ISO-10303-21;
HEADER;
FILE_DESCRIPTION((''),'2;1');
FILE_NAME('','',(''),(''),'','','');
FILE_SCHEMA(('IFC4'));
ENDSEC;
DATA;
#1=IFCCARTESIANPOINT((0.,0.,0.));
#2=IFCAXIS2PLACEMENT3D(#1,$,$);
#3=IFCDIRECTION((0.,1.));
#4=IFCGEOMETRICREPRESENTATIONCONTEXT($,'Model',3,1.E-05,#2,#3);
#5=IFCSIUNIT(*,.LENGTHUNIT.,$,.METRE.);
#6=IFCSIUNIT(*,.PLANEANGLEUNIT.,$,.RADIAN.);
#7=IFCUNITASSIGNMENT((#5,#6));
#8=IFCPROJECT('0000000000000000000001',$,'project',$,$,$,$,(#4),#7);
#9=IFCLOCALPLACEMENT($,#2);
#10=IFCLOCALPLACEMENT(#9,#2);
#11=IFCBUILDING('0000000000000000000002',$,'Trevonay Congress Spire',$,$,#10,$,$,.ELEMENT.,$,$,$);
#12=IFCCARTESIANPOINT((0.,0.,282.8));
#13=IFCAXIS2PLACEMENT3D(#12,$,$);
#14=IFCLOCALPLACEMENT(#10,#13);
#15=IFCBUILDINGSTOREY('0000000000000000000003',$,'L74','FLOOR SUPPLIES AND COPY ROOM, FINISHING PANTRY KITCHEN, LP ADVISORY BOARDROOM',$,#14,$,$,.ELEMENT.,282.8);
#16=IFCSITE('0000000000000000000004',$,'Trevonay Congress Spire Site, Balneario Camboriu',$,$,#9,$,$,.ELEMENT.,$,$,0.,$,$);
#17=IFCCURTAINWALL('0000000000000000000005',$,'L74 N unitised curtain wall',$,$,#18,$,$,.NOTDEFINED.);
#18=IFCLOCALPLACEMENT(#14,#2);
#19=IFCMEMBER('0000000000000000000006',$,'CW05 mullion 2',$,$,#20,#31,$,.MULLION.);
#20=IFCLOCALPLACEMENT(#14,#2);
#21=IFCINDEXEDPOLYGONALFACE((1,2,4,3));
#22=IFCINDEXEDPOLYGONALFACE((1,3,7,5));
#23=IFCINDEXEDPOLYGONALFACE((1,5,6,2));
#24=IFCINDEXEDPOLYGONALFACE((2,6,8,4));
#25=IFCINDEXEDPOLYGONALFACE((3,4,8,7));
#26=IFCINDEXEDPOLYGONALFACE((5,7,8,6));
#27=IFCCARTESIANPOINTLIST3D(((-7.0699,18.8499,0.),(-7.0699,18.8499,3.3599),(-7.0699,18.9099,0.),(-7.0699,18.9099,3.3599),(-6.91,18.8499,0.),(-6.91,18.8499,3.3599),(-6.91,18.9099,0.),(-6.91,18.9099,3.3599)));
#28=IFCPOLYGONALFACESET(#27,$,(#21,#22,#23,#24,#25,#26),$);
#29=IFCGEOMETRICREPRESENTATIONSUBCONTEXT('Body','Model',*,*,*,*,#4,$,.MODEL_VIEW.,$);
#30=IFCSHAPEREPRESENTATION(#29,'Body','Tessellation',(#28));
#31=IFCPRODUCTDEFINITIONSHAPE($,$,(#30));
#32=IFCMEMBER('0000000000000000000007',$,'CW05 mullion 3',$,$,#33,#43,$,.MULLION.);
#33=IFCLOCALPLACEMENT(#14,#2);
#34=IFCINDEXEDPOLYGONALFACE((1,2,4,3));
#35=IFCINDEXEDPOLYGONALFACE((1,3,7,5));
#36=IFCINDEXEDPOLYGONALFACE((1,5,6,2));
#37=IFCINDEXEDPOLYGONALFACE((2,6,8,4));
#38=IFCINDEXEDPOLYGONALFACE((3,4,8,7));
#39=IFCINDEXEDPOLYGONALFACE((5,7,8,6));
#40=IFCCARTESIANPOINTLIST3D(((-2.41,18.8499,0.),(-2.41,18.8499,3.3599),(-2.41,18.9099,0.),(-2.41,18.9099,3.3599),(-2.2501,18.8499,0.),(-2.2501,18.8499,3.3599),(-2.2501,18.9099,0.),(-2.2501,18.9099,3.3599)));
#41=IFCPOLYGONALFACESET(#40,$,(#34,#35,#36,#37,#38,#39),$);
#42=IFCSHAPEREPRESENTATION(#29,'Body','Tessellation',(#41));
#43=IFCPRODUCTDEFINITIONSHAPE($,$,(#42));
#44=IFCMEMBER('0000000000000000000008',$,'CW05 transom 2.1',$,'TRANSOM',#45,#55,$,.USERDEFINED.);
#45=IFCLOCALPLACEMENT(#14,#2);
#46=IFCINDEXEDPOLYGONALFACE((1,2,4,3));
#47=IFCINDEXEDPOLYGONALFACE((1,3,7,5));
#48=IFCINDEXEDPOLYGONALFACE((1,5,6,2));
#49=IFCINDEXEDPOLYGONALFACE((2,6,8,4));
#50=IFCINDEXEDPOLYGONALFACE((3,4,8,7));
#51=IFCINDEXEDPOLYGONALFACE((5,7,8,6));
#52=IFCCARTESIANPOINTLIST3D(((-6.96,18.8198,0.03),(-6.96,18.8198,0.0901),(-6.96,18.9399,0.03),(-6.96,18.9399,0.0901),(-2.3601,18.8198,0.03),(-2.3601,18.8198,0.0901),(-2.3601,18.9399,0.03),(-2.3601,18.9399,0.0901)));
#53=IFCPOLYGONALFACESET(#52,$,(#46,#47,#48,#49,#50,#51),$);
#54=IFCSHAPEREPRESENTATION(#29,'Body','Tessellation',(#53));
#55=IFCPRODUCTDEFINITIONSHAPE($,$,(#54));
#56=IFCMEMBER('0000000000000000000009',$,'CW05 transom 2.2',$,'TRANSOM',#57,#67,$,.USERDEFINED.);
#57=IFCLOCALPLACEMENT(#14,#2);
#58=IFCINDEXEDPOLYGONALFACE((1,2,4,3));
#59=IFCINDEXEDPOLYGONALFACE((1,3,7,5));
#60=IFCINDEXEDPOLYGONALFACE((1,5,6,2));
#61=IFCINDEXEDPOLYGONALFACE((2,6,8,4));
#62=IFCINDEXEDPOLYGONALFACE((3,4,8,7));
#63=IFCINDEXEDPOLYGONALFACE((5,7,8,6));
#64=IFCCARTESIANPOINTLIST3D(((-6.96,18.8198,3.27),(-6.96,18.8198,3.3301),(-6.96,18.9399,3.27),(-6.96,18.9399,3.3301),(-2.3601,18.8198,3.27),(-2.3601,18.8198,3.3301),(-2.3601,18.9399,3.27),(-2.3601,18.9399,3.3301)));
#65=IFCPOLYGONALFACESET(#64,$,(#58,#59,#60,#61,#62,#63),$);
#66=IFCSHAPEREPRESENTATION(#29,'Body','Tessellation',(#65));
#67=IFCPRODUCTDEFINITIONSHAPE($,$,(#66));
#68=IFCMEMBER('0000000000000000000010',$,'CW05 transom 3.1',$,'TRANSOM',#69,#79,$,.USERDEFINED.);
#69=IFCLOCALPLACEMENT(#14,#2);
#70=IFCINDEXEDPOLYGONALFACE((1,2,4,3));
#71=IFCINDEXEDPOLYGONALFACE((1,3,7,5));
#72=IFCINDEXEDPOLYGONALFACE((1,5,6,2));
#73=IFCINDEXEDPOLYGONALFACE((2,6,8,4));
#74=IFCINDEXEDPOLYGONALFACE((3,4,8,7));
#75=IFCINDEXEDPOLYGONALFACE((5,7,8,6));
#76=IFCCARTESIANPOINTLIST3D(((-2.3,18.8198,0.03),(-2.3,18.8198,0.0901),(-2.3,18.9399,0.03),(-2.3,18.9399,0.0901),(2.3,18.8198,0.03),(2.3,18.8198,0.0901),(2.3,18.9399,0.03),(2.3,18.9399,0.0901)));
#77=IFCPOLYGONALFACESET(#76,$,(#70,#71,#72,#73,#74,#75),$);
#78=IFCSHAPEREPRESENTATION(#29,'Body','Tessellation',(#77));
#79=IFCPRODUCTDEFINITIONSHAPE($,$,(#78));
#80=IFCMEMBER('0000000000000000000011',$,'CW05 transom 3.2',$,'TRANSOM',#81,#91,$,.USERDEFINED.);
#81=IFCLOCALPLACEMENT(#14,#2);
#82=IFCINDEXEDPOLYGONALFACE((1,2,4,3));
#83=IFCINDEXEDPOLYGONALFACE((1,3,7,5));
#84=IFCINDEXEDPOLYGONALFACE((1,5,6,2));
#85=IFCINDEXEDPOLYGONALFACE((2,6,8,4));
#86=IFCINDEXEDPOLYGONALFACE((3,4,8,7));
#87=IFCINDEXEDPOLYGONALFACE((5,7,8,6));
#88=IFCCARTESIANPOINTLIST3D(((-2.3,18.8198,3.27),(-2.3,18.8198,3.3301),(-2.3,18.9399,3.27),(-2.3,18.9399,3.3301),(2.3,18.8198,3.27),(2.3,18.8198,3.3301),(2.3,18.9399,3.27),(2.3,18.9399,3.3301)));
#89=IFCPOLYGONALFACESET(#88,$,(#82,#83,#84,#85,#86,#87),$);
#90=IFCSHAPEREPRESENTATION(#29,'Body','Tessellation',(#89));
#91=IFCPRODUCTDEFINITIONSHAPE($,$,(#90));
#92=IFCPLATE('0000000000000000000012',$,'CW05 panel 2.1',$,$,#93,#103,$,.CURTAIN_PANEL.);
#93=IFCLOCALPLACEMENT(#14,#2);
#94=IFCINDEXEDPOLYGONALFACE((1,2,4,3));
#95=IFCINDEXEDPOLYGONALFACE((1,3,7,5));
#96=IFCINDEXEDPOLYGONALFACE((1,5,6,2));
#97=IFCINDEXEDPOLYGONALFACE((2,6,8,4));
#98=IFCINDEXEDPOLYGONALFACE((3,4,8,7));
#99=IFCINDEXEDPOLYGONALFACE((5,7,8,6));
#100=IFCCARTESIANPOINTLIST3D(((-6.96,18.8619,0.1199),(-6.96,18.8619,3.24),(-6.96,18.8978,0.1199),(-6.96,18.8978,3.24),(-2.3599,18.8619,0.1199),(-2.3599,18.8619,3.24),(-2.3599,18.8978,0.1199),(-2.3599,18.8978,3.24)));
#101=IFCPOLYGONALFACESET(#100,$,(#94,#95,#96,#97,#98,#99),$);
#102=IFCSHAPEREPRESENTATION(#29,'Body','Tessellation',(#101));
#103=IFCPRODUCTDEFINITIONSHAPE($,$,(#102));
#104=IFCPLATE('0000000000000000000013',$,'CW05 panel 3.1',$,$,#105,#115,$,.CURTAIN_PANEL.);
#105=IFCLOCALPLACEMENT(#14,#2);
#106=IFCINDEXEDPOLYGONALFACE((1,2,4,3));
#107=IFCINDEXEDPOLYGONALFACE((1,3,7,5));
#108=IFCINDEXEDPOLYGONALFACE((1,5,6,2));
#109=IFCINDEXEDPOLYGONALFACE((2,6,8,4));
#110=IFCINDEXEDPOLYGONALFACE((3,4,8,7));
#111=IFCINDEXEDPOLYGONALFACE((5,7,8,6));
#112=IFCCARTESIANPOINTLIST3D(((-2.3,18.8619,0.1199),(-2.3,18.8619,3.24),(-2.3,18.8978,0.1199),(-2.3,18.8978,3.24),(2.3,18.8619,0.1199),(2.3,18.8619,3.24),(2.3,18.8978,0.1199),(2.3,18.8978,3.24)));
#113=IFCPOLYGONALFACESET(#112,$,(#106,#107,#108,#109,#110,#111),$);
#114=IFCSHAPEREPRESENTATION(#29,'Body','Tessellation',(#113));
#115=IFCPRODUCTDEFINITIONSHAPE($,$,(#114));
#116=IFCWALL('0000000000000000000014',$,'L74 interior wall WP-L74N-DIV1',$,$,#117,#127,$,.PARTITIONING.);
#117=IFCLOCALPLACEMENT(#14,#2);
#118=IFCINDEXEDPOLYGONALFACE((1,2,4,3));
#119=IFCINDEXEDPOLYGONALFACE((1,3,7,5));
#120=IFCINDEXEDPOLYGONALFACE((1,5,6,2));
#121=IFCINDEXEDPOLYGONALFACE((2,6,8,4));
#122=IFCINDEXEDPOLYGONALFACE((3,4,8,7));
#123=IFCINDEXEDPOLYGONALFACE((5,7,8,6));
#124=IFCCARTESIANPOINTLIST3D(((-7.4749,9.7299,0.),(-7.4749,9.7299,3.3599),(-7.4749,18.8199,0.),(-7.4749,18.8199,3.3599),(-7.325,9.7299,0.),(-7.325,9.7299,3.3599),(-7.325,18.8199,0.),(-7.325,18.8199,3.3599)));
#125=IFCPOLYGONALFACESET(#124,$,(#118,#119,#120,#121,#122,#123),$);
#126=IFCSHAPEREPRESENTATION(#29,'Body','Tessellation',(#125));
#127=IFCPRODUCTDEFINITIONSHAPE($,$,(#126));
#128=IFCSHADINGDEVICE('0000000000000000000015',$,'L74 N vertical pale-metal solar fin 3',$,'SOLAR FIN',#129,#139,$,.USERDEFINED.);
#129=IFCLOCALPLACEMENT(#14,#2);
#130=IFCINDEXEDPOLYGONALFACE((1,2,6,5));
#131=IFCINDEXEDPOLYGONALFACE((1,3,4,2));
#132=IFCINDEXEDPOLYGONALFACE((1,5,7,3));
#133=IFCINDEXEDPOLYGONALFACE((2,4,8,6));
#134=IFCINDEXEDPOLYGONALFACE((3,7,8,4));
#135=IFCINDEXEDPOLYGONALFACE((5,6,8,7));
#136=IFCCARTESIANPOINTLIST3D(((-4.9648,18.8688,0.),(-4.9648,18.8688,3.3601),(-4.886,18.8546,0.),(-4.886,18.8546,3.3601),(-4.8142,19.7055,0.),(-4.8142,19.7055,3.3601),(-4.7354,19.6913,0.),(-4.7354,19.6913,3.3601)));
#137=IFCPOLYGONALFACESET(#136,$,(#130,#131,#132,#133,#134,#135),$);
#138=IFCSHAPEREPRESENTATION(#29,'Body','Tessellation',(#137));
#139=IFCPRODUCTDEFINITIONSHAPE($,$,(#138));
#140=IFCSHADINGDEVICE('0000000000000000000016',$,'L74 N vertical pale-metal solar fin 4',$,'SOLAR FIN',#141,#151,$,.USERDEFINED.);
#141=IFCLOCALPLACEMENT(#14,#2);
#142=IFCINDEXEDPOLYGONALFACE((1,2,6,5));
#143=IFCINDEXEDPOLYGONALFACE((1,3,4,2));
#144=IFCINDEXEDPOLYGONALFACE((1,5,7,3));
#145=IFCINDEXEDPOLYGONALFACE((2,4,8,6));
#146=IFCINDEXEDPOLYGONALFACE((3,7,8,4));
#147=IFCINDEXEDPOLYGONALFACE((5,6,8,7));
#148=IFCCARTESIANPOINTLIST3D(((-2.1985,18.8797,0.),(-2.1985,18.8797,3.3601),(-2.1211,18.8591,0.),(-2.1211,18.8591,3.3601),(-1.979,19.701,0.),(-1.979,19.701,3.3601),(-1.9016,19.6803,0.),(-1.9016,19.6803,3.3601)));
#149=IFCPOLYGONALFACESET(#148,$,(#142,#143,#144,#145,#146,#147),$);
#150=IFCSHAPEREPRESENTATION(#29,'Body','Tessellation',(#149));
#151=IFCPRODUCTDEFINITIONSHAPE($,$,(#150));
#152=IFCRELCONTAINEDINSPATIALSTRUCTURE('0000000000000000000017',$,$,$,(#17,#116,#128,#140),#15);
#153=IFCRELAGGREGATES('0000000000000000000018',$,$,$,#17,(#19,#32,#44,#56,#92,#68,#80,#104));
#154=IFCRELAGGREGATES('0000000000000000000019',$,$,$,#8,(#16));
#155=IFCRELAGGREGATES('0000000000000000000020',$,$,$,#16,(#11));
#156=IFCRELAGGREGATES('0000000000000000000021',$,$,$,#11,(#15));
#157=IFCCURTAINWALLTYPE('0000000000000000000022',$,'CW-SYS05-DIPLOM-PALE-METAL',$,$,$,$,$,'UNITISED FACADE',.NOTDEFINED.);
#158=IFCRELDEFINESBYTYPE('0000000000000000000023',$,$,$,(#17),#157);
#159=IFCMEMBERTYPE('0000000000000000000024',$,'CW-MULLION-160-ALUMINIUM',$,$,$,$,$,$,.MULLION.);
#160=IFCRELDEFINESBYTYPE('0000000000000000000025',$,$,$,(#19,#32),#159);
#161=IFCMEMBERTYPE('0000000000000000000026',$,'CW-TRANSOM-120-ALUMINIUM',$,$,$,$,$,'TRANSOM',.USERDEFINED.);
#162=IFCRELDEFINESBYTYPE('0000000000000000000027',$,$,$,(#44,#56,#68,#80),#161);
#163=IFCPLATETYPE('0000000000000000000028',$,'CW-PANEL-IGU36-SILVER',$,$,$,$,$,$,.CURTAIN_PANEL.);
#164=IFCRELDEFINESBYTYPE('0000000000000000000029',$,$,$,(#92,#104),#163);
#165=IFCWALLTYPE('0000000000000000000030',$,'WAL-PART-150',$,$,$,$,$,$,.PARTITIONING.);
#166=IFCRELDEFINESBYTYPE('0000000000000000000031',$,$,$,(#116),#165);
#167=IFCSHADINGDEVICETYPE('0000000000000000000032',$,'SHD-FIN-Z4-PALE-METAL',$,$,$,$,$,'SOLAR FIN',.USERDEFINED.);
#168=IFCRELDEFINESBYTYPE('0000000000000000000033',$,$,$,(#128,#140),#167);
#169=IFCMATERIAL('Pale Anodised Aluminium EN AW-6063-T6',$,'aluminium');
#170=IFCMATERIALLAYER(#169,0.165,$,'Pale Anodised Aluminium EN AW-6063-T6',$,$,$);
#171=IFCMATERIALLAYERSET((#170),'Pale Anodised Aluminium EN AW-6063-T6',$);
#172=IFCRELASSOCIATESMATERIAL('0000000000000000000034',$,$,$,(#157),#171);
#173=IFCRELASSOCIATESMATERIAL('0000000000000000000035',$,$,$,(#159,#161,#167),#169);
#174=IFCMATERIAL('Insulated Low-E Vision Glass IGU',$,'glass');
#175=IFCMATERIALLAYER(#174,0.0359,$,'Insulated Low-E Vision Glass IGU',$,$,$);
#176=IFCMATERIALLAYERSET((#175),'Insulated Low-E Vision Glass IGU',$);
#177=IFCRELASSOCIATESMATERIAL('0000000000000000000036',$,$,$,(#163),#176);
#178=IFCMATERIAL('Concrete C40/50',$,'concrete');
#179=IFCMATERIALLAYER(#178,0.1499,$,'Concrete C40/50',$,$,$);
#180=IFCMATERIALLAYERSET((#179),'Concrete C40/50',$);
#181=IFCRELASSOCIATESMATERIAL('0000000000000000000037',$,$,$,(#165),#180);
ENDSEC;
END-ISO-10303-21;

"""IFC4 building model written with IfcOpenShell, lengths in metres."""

from ifc_helpers import new_model, si_unit, direction, frame, frame_2d, origin, origin_2d, place, context, subcontext, project, spatial, rectangle, extrude, material, layer, layer_set, material_profile, profile_set, type_object, element, aggregate, save


model = new_model("IFC4")

# Units and contexts
model_context = context("Model", 3, precision=1e-05, world=origin(), true_north=direction((0.0, 1.0)))
body_context = subcontext(model_context, "Body", "Model", "MODEL_VIEW")
ifc_project = project(units=[si_unit("LENGTHUNIT", "METRE"), si_unit("PLANEANGLEUNIT", "RADIAN")], contexts=[model_context])

# Site, building, storey
site_placement = place(None, origin())
site = spatial("IfcSite", under=ifc_project, at=site_placement, Name="Trevonay Congress Spire Site, Balneario Camboriu", CompositionType="ELEMENT", RefElevation=0.0)
building_placement = place(site_placement, origin())
building = spatial("IfcBuilding", under=site, at=building_placement, Name="Trevonay Congress Spire", CompositionType="ELEMENT")
storey_placement = place(building_placement, frame((0.0, 0.0, 282.8)))
storey = spatial("IfcBuildingStorey", under=building, at=storey_placement, Name="L74", Description="FLOOR SUPPLIES AND COPY ROOM, FINISHING PANTRY KITCHEN, LP ADVISORY BOARDROOM", CompositionType="ELEMENT", Elevation=282.8)

# Curtain wall, members, plates
ifc_material_1 = material(Name="Pale Anodised Aluminium EN AW-6063-T6", Category="aluminium")
ifc_layer_1 = layer(ifc_material_1, 0.165, Name="Pale Anodised Aluminium EN AW-6063-T6")
ifc_layer_set_1 = layer_set([ifc_layer_1], Name="Pale Anodised Aluminium EN AW-6063-T6")
curtain_wall_type = type_object("IfcCurtainWallType", Name="CW-SYS05-DIPLOM-PALE-METAL", ElementType="UNITISED FACADE", PredefinedType="NOTDEFINED", material=ifc_layer_set_1)
curtain_wall_placement = place(storey_placement, origin())
curtain_wall = element("IfcCurtainWall", 1, at=curtain_wall_placement, inside=storey, type_object=curtain_wall_type, Name="L74 N unitised curtain wall", PredefinedType="NOTDEFINED")
ifc_material_profile_1 = material_profile(ifc_material_1, rectangle(XDim=0.0601, YDim=0.1599, at=origin_2d()), Name="CW-MULLION-160-ALUMINIUM")
ifc_profile_set_1 = profile_set([ifc_material_profile_1], Name="Pale Anodised Aluminium EN AW-6063-T6")
member_type_1 = type_object("IfcMemberType", Name="CW-MULLION-160-ALUMINIUM", PredefinedType="MULLION", material=ifc_profile_set_1)
member_1_placement = place(storey_placement, frame((-6.99, 18.8799, 0.0), z_axis=(0.0, 0.0, 1.0), x_axis=(0.0, 1.0, 0.0)))
member_1 = element("IfcMember", 2, at=member_1_placement, type_object=member_type_1, Name="CW05 mullion 2", PredefinedType="MULLION", context=body_context, shape_type="SweptSolid", body=[
    extrude(rectangle(XDim=0.0601, YDim=0.1599, at=origin_2d()), origin(), (0.0, 0.0, 1.0), 3.3599),
])
member_2_placement = place(storey_placement, frame((-2.3301, 18.8799, 0.0), z_axis=(0.0, 0.0, 1.0), x_axis=(0.0, 1.0, 0.0)))
member_2 = element("IfcMember", 3, at=member_2_placement, type_object=member_type_1, Name="CW05 mullion 3", PredefinedType="MULLION", context=body_context, shape_type="SweptSolid", body=[
    extrude(rectangle(XDim=0.0601, YDim=0.1599, at=origin_2d()), origin(), (0.0, 0.0, 1.0), 3.3599),
])
ifc_material_profile_2 = material_profile(ifc_material_1, rectangle(XDim=0.1201, YDim=0.0601, at=origin_2d()), Name="CW-TRANSOM-120-ALUMINIUM")
ifc_profile_set_2 = profile_set([ifc_material_profile_2], Name="Pale Anodised Aluminium EN AW-6063-T6")
member_type_2 = type_object("IfcMemberType", Name="CW-TRANSOM-120-ALUMINIUM", ElementType="TRANSOM", PredefinedType="USERDEFINED", material=ifc_profile_set_2)
member_3_placement = place(storey_placement, frame((-6.96, 18.8799, 0.0601), z_axis=(1.0, 0.0, 0.0), x_axis=(0.0, 1.0, 0.0)))
member_3 = element("IfcMember", 4, at=member_3_placement, type_object=member_type_2, Name="CW05 transom 2.1", ObjectType="TRANSOM", PredefinedType="USERDEFINED", context=body_context, shape_type="SweptSolid", body=[
    extrude(rectangle(XDim=0.1201, YDim=0.0601, at=origin_2d()), origin(), (0.0, 0.0, 1.0), 4.5999),
])
member_4_placement = place(storey_placement, frame((-6.96, 18.8799, 3.3), z_axis=(1.0, 0.0, 0.0), x_axis=(0.0, 1.0, 0.0)))
member_4 = element("IfcMember", 5, at=member_4_placement, type_object=member_type_2, Name="CW05 transom 2.2", ObjectType="TRANSOM", PredefinedType="USERDEFINED", context=body_context, shape_type="SweptSolid", body=[
    extrude(rectangle(XDim=0.1201, YDim=0.0601, at=origin_2d()), origin(), (0.0, 0.0, 1.0), 4.5999),
])
member_5_placement = place(storey_placement, frame((-2.3, 18.8799, 0.0601), z_axis=(1.0, 0.0, 0.0), x_axis=(0.0, 1.0, 0.0)))
member_5 = element("IfcMember", 6, at=member_5_placement, type_object=member_type_2, Name="CW05 transom 3.1", ObjectType="TRANSOM", PredefinedType="USERDEFINED", context=body_context, shape_type="SweptSolid", body=[
    extrude(rectangle(XDim=0.1201, YDim=0.0601, at=origin_2d()), origin(), (0.0, 0.0, 1.0), 4.6001),
])
member_6_placement = place(storey_placement, frame((-2.3, 18.8799, 3.3), z_axis=(1.0, 0.0, 0.0), x_axis=(0.0, 1.0, 0.0)))
member_6 = element("IfcMember", 7, at=member_6_placement, type_object=member_type_2, Name="CW05 transom 3.2", ObjectType="TRANSOM", PredefinedType="USERDEFINED", context=body_context, shape_type="SweptSolid", body=[
    extrude(rectangle(XDim=0.1201, YDim=0.0601, at=origin_2d()), origin(), (0.0, 0.0, 1.0), 4.6001),
])
ifc_material_2 = material(Name="Insulated Low-E Vision Glass IGU", Category="glass")
ifc_layer_2 = layer(ifc_material_2, 0.0359, Name="Insulated Low-E Vision Glass IGU")
ifc_layer_set_2 = layer_set([ifc_layer_2], Name="Insulated Low-E Vision Glass IGU")
plate_type = type_object("IfcPlateType", Name="CW-PANEL-IGU36-SILVER", PredefinedType="CURTAIN_PANEL", material=ifc_layer_set_2)
plate_1_placement = place(storey_placement, frame((-4.6599, 18.8799, 0.1199), z_axis=(0.0, 0.0, 1.0), x_axis=(1.0, 0.0, 0.0)))
plate_1 = element("IfcPlate", 8, at=plate_1_placement, type_object=plate_type, Name="CW05 panel 2.1", PredefinedType="CURTAIN_PANEL", context=body_context, shape_type="SweptSolid", body=[
    extrude(rectangle(XDim=4.6001, YDim=0.0359, at=origin_2d()), origin(), (0.0, 0.0, 1.0), 3.1201),
])
plate_2_placement = place(storey_placement, frame((0.0, 18.8799, 0.1199), z_axis=(0.0, 0.0, 1.0), x_axis=(1.0, 0.0, 0.0)))
plate_2 = element("IfcPlate", 9, at=plate_2_placement, type_object=plate_type, Name="CW05 panel 3.1", PredefinedType="CURTAIN_PANEL", context=body_context, shape_type="SweptSolid", body=[
    extrude(rectangle(XDim=4.6001, YDim=0.0359, at=origin_2d()), origin(), (0.0, 0.0, 1.0), 3.1201),
])
aggregate(curtain_wall, [member_1, member_2, member_3, member_4, plate_1, member_5, member_6, plate_2])

# Wall
ifc_material_3 = material(Name="Concrete C40/50", Category="concrete")
ifc_layer_3 = layer(ifc_material_3, 0.1499, Name="Concrete C40/50")
ifc_layer_set_3 = layer_set([ifc_layer_3], Name="Concrete C40/50")
wall_type = type_object("IfcWallType", Name="WAL-PART-150", PredefinedType="PARTITIONING", material=ifc_layer_set_3)
wall_placement = place(storey_placement, frame((-7.3999, 9.73, 0.0), z_axis=(0.0, 0.0, 1.0), x_axis=(0.0, 1.0, 0.0)))
element("IfcWall", 10, at=wall_placement, inside=storey, type_object=wall_type, Name="L74 interior wall WP-L74N-DIV1", PredefinedType="PARTITIONING", context=body_context, shape_type="SweptSolid", body=[
    extrude(rectangle(XDim=9.0901, YDim=0.1499, at=frame_2d((4.5449, 0.0))), origin(), (0.0, 0.0, 1.0), 3.3599),
])

# Shading devices
shading_device_type = type_object("IfcShadingDeviceType", Name="SHD-FIN-Z4-PALE-METAL", ElementType="SOLAR FIN", PredefinedType="USERDEFINED", material=ifc_material_1)
for number, where, z_axis, x_axis, name in (
    (11, (-4.8501, 19.28, 0.0), (0.0, 0.0, 1.0), (0.984196, -0.177085, 0.0), "L74 N vertical pale-metal solar fin 3"),
    (12, (-2.05, 19.28, 0.0), (0.0, 0.0, 1.0), (0.966106, -0.258145, 0.0), "L74 N vertical pale-metal solar fin 4"),
):
    element("IfcShadingDevice", number, at=place(storey_placement, frame(where, z_axis=z_axis, x_axis=x_axis)), inside=storey, type_object=shading_device_type, Name=name, ObjectType="SOLAR FIN", PredefinedType="USERDEFINED", context=body_context, shape_type="SweptSolid", body=[
        extrude(rectangle(XDim=0.0801, YDim=0.8501, at=origin_2d()), origin(), (0.0, 0.0, 1.0), 3.3601),
    ])

save(model, "model.ifc")
